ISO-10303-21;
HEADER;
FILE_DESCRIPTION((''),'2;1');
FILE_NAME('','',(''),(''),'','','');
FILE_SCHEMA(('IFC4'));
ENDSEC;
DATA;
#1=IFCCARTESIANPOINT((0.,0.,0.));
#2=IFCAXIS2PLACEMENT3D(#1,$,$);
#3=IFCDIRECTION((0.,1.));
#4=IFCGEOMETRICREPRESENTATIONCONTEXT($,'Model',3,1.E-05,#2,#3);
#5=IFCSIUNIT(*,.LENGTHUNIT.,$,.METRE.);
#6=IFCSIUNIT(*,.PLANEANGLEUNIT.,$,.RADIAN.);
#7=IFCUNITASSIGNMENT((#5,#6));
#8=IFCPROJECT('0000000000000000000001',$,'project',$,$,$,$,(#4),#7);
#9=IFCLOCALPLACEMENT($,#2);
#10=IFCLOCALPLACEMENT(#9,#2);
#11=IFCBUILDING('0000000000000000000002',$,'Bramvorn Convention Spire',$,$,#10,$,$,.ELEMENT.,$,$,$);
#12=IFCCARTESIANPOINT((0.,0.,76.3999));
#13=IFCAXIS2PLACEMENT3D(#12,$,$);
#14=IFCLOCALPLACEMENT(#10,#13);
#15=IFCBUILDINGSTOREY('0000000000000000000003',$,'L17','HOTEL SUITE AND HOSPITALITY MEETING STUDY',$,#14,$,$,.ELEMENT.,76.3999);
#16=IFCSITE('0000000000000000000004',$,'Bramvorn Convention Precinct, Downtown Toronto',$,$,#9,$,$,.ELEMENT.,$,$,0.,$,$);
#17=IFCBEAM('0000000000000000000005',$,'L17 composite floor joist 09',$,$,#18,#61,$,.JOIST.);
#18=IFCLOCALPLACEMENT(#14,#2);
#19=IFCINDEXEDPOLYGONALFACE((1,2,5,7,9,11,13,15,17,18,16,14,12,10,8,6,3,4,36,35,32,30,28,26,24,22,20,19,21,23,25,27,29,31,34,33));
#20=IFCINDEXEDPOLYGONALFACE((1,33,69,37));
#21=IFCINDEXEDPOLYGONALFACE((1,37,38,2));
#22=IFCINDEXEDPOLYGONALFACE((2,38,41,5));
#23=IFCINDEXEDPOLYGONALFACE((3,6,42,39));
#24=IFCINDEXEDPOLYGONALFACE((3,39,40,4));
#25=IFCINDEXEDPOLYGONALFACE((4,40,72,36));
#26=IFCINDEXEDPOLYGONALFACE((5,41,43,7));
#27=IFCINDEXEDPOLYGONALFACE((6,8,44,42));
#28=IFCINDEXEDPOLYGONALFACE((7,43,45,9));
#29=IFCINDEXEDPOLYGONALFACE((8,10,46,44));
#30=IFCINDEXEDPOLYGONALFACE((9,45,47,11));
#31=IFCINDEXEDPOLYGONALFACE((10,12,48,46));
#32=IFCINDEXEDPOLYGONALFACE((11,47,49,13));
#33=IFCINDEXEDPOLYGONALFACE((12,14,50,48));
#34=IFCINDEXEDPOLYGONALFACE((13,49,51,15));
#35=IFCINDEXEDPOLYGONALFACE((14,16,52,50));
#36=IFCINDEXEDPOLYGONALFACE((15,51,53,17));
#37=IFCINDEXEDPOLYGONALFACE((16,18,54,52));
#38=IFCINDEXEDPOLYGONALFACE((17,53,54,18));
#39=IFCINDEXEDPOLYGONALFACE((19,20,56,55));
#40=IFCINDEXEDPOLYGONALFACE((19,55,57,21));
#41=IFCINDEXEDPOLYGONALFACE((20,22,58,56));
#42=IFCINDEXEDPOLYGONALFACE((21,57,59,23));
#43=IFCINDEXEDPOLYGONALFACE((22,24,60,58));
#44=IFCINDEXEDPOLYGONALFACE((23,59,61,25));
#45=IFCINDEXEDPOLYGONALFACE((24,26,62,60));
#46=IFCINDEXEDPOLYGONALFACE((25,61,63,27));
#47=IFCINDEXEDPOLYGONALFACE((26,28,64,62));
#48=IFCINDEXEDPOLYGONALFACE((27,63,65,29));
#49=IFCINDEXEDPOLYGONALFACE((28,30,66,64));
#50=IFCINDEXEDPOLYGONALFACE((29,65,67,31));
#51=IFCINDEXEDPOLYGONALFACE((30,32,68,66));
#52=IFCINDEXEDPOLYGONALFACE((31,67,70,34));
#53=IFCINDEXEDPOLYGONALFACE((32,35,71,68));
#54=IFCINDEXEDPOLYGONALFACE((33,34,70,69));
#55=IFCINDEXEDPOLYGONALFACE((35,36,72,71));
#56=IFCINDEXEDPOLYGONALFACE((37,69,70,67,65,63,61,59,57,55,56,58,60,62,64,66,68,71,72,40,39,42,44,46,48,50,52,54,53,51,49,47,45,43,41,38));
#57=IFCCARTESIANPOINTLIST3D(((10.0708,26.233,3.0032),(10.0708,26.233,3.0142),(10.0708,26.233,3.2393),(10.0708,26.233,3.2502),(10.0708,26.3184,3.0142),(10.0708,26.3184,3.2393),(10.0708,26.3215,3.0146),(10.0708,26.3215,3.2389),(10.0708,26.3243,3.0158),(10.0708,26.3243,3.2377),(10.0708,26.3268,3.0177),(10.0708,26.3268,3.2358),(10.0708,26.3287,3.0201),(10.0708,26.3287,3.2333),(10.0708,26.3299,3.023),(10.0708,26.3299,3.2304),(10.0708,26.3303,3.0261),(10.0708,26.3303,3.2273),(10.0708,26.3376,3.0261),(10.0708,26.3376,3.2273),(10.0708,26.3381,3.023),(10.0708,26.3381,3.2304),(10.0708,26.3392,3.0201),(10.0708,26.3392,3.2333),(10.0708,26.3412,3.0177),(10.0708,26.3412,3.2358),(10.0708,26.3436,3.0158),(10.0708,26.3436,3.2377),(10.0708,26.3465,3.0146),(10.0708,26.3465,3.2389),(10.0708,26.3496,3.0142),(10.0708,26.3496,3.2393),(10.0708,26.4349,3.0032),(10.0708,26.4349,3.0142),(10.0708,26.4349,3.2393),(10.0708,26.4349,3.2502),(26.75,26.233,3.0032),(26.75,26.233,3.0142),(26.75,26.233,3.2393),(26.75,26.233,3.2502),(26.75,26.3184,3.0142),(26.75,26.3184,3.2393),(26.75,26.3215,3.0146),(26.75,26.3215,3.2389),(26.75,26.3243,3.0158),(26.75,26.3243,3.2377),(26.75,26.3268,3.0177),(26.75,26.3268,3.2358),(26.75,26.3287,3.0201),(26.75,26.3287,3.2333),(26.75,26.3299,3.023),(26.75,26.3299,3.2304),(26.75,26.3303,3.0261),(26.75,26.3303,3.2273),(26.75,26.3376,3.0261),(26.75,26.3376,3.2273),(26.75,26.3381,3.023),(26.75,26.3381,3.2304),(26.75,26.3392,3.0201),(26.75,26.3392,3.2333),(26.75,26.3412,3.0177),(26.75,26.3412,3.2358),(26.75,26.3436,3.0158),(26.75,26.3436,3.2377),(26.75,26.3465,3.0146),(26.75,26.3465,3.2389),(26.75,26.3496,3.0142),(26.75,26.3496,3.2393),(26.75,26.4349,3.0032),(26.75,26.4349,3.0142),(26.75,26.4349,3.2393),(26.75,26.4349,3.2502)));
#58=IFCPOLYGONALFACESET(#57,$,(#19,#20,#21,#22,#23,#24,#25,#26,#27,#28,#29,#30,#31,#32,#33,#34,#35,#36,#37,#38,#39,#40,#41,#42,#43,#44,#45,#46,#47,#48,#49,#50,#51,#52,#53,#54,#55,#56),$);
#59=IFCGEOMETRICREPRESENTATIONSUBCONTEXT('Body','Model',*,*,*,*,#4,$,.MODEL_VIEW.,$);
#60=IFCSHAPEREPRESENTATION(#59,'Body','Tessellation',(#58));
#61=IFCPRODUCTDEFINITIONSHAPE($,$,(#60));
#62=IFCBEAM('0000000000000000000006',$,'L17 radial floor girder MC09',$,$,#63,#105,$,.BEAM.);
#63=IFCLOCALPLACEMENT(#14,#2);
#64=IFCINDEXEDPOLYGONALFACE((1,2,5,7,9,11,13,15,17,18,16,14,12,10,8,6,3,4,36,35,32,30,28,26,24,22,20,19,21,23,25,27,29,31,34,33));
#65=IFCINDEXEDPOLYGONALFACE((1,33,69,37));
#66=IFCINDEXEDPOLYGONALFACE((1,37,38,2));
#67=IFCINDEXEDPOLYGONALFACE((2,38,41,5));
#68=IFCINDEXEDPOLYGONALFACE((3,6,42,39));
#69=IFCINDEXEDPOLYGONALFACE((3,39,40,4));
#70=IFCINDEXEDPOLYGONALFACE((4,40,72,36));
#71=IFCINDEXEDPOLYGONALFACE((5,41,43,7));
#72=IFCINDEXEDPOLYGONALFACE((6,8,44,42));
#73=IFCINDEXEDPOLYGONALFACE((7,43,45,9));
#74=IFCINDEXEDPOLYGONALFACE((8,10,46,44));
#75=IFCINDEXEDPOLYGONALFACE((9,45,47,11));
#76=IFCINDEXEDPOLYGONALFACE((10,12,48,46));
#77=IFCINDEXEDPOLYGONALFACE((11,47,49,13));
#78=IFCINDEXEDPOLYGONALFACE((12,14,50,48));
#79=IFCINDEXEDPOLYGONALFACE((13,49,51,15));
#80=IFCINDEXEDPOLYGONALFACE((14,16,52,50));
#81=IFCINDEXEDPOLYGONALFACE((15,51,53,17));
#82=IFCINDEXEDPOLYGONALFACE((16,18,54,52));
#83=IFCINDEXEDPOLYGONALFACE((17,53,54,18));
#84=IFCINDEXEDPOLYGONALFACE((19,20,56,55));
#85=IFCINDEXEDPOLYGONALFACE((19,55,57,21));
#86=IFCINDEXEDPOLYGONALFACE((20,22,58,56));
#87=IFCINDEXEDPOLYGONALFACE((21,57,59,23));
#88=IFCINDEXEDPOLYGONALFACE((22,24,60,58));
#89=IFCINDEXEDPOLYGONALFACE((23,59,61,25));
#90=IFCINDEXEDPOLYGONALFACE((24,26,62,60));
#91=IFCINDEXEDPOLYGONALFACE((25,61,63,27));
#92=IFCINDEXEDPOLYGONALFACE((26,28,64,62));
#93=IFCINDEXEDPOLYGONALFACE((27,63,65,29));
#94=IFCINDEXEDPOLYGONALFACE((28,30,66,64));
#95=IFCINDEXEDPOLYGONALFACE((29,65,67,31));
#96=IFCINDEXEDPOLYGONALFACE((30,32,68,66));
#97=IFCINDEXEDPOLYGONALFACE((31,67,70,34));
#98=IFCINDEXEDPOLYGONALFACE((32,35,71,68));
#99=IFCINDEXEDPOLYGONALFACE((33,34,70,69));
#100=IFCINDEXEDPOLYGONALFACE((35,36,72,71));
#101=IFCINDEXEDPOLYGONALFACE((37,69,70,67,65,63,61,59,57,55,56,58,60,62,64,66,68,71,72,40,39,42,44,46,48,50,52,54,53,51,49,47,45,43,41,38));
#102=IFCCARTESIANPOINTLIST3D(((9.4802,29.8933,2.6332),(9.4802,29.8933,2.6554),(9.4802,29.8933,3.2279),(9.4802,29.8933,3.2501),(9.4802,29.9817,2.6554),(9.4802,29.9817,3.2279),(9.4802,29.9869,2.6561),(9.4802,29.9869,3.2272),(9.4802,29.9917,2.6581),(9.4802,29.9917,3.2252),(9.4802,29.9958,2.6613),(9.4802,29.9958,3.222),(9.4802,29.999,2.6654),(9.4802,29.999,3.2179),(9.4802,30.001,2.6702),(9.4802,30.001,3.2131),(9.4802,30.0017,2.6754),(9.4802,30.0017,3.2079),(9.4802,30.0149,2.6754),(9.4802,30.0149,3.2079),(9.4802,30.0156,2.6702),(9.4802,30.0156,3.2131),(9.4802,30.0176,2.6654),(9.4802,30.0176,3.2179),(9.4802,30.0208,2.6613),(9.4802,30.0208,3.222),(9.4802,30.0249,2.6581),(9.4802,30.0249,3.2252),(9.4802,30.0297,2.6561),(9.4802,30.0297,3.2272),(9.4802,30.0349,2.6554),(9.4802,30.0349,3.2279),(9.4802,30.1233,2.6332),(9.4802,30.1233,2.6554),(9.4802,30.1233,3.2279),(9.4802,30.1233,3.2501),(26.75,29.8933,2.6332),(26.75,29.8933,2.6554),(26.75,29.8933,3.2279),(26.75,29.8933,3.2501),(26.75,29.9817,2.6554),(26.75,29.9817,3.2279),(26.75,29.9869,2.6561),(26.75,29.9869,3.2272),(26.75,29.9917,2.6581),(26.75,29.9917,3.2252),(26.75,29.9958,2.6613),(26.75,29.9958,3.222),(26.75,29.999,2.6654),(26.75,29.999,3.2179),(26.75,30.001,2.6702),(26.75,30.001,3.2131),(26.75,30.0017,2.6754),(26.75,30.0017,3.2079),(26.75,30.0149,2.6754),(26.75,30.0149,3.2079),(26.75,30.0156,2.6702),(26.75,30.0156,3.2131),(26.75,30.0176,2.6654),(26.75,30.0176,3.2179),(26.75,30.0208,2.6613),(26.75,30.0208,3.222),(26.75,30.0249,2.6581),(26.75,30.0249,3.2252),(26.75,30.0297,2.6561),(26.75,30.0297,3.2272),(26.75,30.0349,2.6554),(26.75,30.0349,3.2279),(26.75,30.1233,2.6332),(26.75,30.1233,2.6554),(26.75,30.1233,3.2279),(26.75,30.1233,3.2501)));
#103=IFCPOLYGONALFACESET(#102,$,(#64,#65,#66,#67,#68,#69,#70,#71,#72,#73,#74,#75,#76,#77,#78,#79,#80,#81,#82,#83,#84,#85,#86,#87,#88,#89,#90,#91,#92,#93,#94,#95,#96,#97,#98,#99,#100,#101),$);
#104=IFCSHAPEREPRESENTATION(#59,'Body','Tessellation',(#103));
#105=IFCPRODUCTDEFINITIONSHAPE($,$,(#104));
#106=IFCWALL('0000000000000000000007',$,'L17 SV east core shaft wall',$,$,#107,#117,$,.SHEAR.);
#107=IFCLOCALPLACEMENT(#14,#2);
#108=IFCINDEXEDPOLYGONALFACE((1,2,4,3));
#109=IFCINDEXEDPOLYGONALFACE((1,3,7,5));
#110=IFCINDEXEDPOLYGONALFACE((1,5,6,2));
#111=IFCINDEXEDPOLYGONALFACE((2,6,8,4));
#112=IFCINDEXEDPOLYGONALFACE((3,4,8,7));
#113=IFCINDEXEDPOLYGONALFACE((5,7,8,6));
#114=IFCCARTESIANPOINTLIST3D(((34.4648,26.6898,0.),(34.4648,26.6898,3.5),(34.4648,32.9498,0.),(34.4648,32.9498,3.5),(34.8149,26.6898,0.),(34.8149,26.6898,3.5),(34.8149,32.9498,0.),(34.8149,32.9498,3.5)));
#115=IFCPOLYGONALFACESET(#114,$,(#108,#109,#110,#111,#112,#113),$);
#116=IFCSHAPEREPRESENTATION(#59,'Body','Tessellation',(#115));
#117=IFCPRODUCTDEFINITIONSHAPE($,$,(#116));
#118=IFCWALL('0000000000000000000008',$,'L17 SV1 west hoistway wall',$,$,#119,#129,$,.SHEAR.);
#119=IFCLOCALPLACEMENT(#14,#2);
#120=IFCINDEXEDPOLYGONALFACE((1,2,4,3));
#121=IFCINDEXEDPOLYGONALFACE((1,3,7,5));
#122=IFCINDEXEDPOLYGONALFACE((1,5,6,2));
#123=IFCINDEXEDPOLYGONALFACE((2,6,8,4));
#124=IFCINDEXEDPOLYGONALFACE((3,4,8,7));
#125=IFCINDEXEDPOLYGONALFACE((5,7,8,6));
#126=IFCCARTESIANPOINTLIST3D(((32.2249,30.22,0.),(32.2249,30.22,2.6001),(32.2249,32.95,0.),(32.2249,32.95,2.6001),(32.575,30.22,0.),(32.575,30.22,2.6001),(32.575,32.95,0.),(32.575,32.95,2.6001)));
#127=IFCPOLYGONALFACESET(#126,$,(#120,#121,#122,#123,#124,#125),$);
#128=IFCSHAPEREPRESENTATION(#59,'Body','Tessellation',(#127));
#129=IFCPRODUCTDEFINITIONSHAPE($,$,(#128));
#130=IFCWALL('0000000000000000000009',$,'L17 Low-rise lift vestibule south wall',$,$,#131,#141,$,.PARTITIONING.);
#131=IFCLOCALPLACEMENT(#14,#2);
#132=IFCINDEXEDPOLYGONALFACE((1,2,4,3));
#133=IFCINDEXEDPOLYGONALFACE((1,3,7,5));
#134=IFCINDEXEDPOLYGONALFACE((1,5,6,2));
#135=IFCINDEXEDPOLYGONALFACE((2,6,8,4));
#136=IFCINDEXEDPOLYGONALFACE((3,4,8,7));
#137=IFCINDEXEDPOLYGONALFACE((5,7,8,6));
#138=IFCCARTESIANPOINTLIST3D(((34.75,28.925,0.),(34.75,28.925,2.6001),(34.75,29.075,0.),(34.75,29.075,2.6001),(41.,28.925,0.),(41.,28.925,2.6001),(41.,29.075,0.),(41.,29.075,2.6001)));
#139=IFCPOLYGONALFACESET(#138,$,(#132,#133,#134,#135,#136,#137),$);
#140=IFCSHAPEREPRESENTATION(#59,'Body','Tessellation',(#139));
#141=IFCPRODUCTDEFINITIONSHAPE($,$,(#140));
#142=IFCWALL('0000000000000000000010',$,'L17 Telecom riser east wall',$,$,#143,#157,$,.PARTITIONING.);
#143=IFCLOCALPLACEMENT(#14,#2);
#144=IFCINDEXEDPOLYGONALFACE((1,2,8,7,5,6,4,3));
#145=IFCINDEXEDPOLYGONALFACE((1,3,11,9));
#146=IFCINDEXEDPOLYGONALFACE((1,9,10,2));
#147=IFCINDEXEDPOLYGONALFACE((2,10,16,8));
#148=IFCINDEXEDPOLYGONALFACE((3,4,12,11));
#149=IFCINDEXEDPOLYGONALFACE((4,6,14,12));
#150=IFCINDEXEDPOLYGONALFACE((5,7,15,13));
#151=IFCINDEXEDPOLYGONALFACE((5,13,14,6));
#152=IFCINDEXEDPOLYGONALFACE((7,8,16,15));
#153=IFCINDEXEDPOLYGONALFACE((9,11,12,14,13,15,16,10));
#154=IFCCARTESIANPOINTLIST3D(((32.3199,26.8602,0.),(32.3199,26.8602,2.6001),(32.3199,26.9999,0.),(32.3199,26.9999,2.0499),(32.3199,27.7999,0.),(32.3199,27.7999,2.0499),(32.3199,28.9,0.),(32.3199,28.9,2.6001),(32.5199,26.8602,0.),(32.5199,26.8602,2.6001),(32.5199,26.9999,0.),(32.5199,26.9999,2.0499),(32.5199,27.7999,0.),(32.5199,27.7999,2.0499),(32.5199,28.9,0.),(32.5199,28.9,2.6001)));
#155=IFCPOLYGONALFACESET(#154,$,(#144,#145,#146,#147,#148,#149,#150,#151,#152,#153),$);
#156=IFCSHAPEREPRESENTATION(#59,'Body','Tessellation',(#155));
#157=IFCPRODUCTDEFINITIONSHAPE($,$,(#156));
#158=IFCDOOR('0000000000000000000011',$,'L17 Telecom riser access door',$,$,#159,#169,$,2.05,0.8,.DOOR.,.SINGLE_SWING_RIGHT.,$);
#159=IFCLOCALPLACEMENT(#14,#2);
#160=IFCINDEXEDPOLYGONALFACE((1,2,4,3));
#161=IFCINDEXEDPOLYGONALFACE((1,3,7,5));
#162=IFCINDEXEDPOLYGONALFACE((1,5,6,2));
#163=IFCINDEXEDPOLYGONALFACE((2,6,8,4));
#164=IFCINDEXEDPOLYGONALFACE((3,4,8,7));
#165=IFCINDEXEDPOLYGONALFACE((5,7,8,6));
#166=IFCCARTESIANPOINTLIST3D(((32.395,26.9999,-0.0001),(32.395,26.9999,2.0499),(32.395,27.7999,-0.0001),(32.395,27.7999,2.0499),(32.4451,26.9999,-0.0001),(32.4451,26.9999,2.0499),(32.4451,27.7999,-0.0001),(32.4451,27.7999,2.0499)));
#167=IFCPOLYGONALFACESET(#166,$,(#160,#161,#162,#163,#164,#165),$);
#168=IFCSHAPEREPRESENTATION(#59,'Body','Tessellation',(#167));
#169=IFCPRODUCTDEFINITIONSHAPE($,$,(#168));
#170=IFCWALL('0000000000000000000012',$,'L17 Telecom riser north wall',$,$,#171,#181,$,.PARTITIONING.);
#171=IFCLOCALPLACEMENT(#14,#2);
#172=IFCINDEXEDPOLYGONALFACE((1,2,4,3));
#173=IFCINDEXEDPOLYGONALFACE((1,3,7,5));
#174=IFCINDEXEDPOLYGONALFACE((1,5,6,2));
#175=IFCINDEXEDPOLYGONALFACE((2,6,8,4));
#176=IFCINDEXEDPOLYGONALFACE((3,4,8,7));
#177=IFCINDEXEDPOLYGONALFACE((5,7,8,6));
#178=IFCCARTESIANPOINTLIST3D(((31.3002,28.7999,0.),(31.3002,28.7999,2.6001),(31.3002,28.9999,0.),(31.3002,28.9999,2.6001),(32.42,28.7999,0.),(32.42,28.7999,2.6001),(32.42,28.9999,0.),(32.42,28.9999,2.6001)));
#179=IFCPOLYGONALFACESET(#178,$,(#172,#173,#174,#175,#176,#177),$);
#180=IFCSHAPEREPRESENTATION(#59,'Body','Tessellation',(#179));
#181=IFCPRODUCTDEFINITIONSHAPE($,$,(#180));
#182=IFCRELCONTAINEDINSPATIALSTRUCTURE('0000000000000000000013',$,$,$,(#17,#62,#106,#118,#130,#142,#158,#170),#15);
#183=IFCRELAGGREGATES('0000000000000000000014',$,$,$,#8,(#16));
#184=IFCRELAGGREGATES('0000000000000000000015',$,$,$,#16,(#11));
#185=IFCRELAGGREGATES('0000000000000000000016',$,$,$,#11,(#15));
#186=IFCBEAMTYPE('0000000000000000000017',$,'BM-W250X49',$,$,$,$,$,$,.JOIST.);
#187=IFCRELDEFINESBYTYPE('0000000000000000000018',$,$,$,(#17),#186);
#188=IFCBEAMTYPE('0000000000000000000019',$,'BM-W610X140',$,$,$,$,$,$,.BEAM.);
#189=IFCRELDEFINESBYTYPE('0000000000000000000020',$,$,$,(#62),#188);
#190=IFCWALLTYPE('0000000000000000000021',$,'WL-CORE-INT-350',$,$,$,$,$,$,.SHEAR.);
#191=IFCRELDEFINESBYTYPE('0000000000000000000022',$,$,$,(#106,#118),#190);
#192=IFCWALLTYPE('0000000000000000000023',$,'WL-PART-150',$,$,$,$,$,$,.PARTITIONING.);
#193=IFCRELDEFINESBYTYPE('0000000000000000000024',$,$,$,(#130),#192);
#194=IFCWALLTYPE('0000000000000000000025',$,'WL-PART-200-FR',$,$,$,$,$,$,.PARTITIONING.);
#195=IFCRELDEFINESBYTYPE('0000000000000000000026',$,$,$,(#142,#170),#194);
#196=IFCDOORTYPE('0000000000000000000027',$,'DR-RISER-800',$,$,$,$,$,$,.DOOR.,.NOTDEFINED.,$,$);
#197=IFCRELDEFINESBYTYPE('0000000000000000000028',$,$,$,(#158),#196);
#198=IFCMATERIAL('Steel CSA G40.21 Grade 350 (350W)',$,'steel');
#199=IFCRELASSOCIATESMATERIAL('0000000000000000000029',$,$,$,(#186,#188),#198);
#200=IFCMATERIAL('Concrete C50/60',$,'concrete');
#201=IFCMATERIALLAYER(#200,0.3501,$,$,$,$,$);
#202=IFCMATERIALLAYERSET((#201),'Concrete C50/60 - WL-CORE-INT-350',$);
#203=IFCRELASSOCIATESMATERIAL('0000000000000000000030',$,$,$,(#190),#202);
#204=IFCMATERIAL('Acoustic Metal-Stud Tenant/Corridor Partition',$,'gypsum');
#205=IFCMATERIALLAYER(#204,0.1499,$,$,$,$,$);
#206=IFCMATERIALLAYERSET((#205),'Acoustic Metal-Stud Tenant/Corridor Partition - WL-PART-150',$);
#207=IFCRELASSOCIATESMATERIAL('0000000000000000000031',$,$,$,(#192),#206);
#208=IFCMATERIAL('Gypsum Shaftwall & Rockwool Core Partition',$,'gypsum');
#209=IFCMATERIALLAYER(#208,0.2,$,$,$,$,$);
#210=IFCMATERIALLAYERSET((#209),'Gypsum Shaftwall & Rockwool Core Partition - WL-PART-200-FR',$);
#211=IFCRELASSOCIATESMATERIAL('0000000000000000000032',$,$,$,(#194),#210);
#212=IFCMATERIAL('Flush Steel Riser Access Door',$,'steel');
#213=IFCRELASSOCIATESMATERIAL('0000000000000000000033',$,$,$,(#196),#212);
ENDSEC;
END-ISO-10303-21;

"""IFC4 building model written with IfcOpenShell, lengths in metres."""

from ifc_helpers import new_model, si_unit, direction, frame, frame_2d, origin, origin_2d, place, context, subcontext, project, spatial, rectangle, i_section, extrude, material, layer, layer_set, material_profile, profile_set, type_object, element, fill, save


model = new_model("IFC4")

# Units and contexts
model_context = context("Model", 3, precision=1e-05, world=origin(), true_north=direction((0.0, 1.0)))
body_context = subcontext(model_context, "Body", "Model", "MODEL_VIEW")
ifc_project = project(units=[si_unit("LENGTHUNIT", "METRE"), si_unit("PLANEANGLEUNIT", "RADIAN")], contexts=[model_context])

# Site, building, storey
site_placement = place(None, origin())
site = spatial("IfcSite", under=ifc_project, at=site_placement, Name="Bramvorn Convention Precinct, Downtown Toronto", CompositionType="ELEMENT", RefElevation=0.0)
building_placement = place(site_placement, origin())
building = spatial("IfcBuilding", under=site, at=building_placement, Name="Bramvorn Convention Spire", CompositionType="ELEMENT")
storey_placement = place(building_placement, frame((0.0, 0.0, 76.3999)))
storey = spatial("IfcBuildingStorey", under=building, at=storey_placement, Name="L17", Description="HOTEL SUITE AND HOSPITALITY MEETING STUDY", CompositionType="ELEMENT", Elevation=76.3999)

# Beams
ifc_material_1 = material(Name="Steel CSA G40.21 Grade 350 (350W)", Category="steel")
ifc_material_profile_1 = material_profile(ifc_material_1, i_section(OverallWidth=0.2019, OverallDepth=0.2471, WebThickness=0.0073, FlangeThickness=0.011, FilletRadius=0.012, at=origin_2d()))
ifc_profile_set_1 = profile_set([ifc_material_profile_1], Name="Steel CSA G40.21 Grade 350 (350W) - W250X49")
beam_type_1 = type_object("IfcBeamType", Name="BM-W250X49", PredefinedType="JOIST", material=ifc_profile_set_1)
beam_1_placement = place(storey_placement, frame((26.75, 26.334, 3.1267), z_axis=(-1.0, 0.0, 0.0), x_axis=(0.0, -1.0, 0.0)))
element("IfcBeam", 1, at=beam_1_placement, inside=storey, type_object=beam_type_1, Name="L17 composite floor joist 09", PredefinedType="JOIST", context=body_context, shape_type="SweptSolid", body=[
    extrude(i_section(OverallWidth=0.2019, OverallDepth=0.2471, WebThickness=0.0073, FlangeThickness=0.011, FilletRadius=0.012, at=origin_2d()), origin(), (0.0, 0.0, 1.0), 16.6792),
])
ifc_material_profile_2 = material_profile(ifc_material_1, i_section(OverallWidth=0.23, OverallDepth=0.6169, WebThickness=0.0132, FlangeThickness=0.0222, FilletRadius=0.02, at=origin_2d()))
ifc_profile_set_2 = profile_set([ifc_material_profile_2], Name="Steel CSA G40.21 Grade 350 (350W) - W610X140")
beam_type_2 = type_object("IfcBeamType", Name="BM-W610X140", PredefinedType="BEAM", material=ifc_profile_set_2)
beam_2_placement = place(storey_placement, frame((26.75, 30.0083, 2.9417), z_axis=(-1.0, 0.0, 0.0), x_axis=(0.0, -1.0, 0.0)))
element("IfcBeam", 2, at=beam_2_placement, inside=storey, type_object=beam_type_2, Name="L17 radial floor girder MC09", PredefinedType="BEAM", context=body_context, shape_type="SweptSolid", body=[
    extrude(i_section(OverallWidth=0.23, OverallDepth=0.6169, WebThickness=0.0132, FlangeThickness=0.0222, FilletRadius=0.02, at=origin_2d()), origin(), (0.0, 0.0, 1.0), 17.2698),
])

# Wall
ifc_material_2 = material(Name="Concrete C50/60", Category="concrete")
ifc_layer_1 = layer(ifc_material_2, 0.3501)
ifc_layer_set_1 = layer_set([ifc_layer_1], Name="Concrete C50/60 - WL-CORE-INT-350")
wall_type_1 = type_object("IfcWallType", Name="WL-CORE-INT-350", PredefinedType="SHEAR", material=ifc_layer_set_1)
wall_1_placement = place(storey_placement, frame((34.6399, 26.6899, 0.0), z_axis=(0.0, 0.0, 1.0), x_axis=(0.0, 1.0, 0.0)))
element("IfcWall", 3, at=wall_1_placement, inside=storey, type_object=wall_type_1, Name="L17 SV east core shaft wall", PredefinedType="SHEAR", context=body_context, shape_type="SweptSolid", body=[
    extrude(rectangle(XDim=6.26, YDim=0.3501, at=frame_2d((3.1299, 0.0))), origin(), (0.0, 0.0, 1.0), 3.5),
])

# Walls
wall_2_placement = place(storey_placement, frame((32.3999, 30.22, 0.0), z_axis=(0.0, 0.0, 1.0), x_axis=(0.0, 1.0, 0.0)))
element("IfcWall", 4, at=wall_2_placement, inside=storey, type_object=wall_type_1, Name="L17 SV1 west hoistway wall", PredefinedType="SHEAR", context=body_context, shape_type="SweptSolid", body=[
    extrude(rectangle(XDim=2.73, YDim=0.3501, at=frame_2d((1.365, 0.0))), origin(), (0.0, 0.0, 1.0), 2.6001),
])
ifc_material_3 = material(Name="Acoustic Metal-Stud Tenant/Corridor Partition", Category="gypsum")
ifc_layer_2 = layer(ifc_material_3, 0.1499)
ifc_layer_set_2 = layer_set([ifc_layer_2], Name="Acoustic Metal-Stud Tenant/Corridor Partition - WL-PART-150")
wall_type_2 = type_object("IfcWallType", Name="WL-PART-150", PredefinedType="PARTITIONING", material=ifc_layer_set_2)
wall_3_placement = place(storey_placement, frame((34.75, 29.0, 0.0), z_axis=(0.0, 0.0, 1.0), x_axis=(1.0, 0.0, 0.0)))
element("IfcWall", 5, at=wall_3_placement, inside=storey, type_object=wall_type_2, Name="L17 Low-rise lift vestibule south wall", PredefinedType="PARTITIONING", context=body_context, shape_type="SweptSolid", body=[
    extrude(rectangle(XDim=6.25, YDim=0.1499, at=frame_2d((3.125, 0.0))), origin(), (0.0, 0.0, 1.0), 2.6001),
])

# Wall, opening, door
ifc_material_4 = material(Name="Gypsum Shaftwall & Rockwool Core Partition", Category="gypsum")
ifc_layer_3 = layer(ifc_material_4, 0.2)
ifc_layer_set_3 = layer_set([ifc_layer_3], Name="Gypsum Shaftwall & Rockwool Core Partition - WL-PART-200-FR")
wall_type_3 = type_object("IfcWallType", Name="WL-PART-200-FR", PredefinedType="PARTITIONING", material=ifc_layer_set_3)
wall_4_placement = place(storey_placement, frame((32.4199, 26.8601, 0.0), z_axis=(0.0, 0.0, 1.0), x_axis=(0.0, 1.0, 0.0)))
wall_4 = element("IfcWall", 6, at=wall_4_placement, inside=storey, type_object=wall_type_3, Name="L17 Telecom riser east wall", PredefinedType="PARTITIONING", context=body_context, shape_type="SweptSolid", body=[
    extrude(rectangle(XDim=2.0398, YDim=0.2, at=frame_2d((1.02, 0.0))), origin(), (0.0, 0.0, 1.0), 2.6001),
])
opening_1_placement = place(wall_4_placement, frame((0.1399, 0.0, 0.0)))
opening_1 = element("IfcOpeningElement", 7, at=opening_1_placement, cuts=wall_4, PredefinedType="OPENING", context=body_context, shape_type="SweptSolid", body=[
    extrude(rectangle(XDim=0.8, YDim=2.05, at=frame_2d((0.3999, 1.0249))), frame((0.0, 0.1099, 0.0), z_axis=(0.0, -1.0, 0.0), x_axis=(1.0, 0.0, 0.0)), (0.0, 0.0, 1.0), 0.22),
])
ifc_material_5 = material(Name="Flush Steel Riser Access Door", Category="steel")
door_type_1 = type_object("IfcDoorType", Name="DR-RISER-800", OperationType="NOTDEFINED", PredefinedType="DOOR", material=ifc_material_5)
door_1_placement = place(opening_1_placement, origin())
door_1 = element("IfcDoor", 8, at=door_1_placement, inside=storey, type_object=door_type_1, Name="L17 Telecom riser access door", OperationType="SINGLE_SWING_RIGHT", OverallHeight=2.05, OverallWidth=0.8, PredefinedType="DOOR", context=body_context, shape_type="SweptSolid", body=[
    extrude(rectangle(XDim=0.8, YDim=2.05, at=frame_2d((0.3999, 1.0249))), frame((0.0, 0.0249, 0.0), z_axis=(0.0, -1.0, 0.0), x_axis=(1.0, 0.0, 0.0)), (0.0, 0.0, 1.0), 0.05),
])
fill(opening_1, door_1)

# Wall
wall_5_placement = place(storey_placement, frame((31.3, 28.8999, 0.0), z_axis=(0.0, 0.0, 1.0), x_axis=(1.0, 0.0, 0.0)))
element("IfcWall", 9, at=wall_5_placement, inside=storey, type_object=wall_type_3, Name="L17 Telecom riser north wall", PredefinedType="PARTITIONING", context=body_context, shape_type="SweptSolid", body=[
    extrude(rectangle(XDim=1.1199, YDim=0.2, at=frame_2d((0.5601, 0.0))), origin(), (0.0, 0.0, 1.0), 2.6001),
])

save(model, "model.ifc")
